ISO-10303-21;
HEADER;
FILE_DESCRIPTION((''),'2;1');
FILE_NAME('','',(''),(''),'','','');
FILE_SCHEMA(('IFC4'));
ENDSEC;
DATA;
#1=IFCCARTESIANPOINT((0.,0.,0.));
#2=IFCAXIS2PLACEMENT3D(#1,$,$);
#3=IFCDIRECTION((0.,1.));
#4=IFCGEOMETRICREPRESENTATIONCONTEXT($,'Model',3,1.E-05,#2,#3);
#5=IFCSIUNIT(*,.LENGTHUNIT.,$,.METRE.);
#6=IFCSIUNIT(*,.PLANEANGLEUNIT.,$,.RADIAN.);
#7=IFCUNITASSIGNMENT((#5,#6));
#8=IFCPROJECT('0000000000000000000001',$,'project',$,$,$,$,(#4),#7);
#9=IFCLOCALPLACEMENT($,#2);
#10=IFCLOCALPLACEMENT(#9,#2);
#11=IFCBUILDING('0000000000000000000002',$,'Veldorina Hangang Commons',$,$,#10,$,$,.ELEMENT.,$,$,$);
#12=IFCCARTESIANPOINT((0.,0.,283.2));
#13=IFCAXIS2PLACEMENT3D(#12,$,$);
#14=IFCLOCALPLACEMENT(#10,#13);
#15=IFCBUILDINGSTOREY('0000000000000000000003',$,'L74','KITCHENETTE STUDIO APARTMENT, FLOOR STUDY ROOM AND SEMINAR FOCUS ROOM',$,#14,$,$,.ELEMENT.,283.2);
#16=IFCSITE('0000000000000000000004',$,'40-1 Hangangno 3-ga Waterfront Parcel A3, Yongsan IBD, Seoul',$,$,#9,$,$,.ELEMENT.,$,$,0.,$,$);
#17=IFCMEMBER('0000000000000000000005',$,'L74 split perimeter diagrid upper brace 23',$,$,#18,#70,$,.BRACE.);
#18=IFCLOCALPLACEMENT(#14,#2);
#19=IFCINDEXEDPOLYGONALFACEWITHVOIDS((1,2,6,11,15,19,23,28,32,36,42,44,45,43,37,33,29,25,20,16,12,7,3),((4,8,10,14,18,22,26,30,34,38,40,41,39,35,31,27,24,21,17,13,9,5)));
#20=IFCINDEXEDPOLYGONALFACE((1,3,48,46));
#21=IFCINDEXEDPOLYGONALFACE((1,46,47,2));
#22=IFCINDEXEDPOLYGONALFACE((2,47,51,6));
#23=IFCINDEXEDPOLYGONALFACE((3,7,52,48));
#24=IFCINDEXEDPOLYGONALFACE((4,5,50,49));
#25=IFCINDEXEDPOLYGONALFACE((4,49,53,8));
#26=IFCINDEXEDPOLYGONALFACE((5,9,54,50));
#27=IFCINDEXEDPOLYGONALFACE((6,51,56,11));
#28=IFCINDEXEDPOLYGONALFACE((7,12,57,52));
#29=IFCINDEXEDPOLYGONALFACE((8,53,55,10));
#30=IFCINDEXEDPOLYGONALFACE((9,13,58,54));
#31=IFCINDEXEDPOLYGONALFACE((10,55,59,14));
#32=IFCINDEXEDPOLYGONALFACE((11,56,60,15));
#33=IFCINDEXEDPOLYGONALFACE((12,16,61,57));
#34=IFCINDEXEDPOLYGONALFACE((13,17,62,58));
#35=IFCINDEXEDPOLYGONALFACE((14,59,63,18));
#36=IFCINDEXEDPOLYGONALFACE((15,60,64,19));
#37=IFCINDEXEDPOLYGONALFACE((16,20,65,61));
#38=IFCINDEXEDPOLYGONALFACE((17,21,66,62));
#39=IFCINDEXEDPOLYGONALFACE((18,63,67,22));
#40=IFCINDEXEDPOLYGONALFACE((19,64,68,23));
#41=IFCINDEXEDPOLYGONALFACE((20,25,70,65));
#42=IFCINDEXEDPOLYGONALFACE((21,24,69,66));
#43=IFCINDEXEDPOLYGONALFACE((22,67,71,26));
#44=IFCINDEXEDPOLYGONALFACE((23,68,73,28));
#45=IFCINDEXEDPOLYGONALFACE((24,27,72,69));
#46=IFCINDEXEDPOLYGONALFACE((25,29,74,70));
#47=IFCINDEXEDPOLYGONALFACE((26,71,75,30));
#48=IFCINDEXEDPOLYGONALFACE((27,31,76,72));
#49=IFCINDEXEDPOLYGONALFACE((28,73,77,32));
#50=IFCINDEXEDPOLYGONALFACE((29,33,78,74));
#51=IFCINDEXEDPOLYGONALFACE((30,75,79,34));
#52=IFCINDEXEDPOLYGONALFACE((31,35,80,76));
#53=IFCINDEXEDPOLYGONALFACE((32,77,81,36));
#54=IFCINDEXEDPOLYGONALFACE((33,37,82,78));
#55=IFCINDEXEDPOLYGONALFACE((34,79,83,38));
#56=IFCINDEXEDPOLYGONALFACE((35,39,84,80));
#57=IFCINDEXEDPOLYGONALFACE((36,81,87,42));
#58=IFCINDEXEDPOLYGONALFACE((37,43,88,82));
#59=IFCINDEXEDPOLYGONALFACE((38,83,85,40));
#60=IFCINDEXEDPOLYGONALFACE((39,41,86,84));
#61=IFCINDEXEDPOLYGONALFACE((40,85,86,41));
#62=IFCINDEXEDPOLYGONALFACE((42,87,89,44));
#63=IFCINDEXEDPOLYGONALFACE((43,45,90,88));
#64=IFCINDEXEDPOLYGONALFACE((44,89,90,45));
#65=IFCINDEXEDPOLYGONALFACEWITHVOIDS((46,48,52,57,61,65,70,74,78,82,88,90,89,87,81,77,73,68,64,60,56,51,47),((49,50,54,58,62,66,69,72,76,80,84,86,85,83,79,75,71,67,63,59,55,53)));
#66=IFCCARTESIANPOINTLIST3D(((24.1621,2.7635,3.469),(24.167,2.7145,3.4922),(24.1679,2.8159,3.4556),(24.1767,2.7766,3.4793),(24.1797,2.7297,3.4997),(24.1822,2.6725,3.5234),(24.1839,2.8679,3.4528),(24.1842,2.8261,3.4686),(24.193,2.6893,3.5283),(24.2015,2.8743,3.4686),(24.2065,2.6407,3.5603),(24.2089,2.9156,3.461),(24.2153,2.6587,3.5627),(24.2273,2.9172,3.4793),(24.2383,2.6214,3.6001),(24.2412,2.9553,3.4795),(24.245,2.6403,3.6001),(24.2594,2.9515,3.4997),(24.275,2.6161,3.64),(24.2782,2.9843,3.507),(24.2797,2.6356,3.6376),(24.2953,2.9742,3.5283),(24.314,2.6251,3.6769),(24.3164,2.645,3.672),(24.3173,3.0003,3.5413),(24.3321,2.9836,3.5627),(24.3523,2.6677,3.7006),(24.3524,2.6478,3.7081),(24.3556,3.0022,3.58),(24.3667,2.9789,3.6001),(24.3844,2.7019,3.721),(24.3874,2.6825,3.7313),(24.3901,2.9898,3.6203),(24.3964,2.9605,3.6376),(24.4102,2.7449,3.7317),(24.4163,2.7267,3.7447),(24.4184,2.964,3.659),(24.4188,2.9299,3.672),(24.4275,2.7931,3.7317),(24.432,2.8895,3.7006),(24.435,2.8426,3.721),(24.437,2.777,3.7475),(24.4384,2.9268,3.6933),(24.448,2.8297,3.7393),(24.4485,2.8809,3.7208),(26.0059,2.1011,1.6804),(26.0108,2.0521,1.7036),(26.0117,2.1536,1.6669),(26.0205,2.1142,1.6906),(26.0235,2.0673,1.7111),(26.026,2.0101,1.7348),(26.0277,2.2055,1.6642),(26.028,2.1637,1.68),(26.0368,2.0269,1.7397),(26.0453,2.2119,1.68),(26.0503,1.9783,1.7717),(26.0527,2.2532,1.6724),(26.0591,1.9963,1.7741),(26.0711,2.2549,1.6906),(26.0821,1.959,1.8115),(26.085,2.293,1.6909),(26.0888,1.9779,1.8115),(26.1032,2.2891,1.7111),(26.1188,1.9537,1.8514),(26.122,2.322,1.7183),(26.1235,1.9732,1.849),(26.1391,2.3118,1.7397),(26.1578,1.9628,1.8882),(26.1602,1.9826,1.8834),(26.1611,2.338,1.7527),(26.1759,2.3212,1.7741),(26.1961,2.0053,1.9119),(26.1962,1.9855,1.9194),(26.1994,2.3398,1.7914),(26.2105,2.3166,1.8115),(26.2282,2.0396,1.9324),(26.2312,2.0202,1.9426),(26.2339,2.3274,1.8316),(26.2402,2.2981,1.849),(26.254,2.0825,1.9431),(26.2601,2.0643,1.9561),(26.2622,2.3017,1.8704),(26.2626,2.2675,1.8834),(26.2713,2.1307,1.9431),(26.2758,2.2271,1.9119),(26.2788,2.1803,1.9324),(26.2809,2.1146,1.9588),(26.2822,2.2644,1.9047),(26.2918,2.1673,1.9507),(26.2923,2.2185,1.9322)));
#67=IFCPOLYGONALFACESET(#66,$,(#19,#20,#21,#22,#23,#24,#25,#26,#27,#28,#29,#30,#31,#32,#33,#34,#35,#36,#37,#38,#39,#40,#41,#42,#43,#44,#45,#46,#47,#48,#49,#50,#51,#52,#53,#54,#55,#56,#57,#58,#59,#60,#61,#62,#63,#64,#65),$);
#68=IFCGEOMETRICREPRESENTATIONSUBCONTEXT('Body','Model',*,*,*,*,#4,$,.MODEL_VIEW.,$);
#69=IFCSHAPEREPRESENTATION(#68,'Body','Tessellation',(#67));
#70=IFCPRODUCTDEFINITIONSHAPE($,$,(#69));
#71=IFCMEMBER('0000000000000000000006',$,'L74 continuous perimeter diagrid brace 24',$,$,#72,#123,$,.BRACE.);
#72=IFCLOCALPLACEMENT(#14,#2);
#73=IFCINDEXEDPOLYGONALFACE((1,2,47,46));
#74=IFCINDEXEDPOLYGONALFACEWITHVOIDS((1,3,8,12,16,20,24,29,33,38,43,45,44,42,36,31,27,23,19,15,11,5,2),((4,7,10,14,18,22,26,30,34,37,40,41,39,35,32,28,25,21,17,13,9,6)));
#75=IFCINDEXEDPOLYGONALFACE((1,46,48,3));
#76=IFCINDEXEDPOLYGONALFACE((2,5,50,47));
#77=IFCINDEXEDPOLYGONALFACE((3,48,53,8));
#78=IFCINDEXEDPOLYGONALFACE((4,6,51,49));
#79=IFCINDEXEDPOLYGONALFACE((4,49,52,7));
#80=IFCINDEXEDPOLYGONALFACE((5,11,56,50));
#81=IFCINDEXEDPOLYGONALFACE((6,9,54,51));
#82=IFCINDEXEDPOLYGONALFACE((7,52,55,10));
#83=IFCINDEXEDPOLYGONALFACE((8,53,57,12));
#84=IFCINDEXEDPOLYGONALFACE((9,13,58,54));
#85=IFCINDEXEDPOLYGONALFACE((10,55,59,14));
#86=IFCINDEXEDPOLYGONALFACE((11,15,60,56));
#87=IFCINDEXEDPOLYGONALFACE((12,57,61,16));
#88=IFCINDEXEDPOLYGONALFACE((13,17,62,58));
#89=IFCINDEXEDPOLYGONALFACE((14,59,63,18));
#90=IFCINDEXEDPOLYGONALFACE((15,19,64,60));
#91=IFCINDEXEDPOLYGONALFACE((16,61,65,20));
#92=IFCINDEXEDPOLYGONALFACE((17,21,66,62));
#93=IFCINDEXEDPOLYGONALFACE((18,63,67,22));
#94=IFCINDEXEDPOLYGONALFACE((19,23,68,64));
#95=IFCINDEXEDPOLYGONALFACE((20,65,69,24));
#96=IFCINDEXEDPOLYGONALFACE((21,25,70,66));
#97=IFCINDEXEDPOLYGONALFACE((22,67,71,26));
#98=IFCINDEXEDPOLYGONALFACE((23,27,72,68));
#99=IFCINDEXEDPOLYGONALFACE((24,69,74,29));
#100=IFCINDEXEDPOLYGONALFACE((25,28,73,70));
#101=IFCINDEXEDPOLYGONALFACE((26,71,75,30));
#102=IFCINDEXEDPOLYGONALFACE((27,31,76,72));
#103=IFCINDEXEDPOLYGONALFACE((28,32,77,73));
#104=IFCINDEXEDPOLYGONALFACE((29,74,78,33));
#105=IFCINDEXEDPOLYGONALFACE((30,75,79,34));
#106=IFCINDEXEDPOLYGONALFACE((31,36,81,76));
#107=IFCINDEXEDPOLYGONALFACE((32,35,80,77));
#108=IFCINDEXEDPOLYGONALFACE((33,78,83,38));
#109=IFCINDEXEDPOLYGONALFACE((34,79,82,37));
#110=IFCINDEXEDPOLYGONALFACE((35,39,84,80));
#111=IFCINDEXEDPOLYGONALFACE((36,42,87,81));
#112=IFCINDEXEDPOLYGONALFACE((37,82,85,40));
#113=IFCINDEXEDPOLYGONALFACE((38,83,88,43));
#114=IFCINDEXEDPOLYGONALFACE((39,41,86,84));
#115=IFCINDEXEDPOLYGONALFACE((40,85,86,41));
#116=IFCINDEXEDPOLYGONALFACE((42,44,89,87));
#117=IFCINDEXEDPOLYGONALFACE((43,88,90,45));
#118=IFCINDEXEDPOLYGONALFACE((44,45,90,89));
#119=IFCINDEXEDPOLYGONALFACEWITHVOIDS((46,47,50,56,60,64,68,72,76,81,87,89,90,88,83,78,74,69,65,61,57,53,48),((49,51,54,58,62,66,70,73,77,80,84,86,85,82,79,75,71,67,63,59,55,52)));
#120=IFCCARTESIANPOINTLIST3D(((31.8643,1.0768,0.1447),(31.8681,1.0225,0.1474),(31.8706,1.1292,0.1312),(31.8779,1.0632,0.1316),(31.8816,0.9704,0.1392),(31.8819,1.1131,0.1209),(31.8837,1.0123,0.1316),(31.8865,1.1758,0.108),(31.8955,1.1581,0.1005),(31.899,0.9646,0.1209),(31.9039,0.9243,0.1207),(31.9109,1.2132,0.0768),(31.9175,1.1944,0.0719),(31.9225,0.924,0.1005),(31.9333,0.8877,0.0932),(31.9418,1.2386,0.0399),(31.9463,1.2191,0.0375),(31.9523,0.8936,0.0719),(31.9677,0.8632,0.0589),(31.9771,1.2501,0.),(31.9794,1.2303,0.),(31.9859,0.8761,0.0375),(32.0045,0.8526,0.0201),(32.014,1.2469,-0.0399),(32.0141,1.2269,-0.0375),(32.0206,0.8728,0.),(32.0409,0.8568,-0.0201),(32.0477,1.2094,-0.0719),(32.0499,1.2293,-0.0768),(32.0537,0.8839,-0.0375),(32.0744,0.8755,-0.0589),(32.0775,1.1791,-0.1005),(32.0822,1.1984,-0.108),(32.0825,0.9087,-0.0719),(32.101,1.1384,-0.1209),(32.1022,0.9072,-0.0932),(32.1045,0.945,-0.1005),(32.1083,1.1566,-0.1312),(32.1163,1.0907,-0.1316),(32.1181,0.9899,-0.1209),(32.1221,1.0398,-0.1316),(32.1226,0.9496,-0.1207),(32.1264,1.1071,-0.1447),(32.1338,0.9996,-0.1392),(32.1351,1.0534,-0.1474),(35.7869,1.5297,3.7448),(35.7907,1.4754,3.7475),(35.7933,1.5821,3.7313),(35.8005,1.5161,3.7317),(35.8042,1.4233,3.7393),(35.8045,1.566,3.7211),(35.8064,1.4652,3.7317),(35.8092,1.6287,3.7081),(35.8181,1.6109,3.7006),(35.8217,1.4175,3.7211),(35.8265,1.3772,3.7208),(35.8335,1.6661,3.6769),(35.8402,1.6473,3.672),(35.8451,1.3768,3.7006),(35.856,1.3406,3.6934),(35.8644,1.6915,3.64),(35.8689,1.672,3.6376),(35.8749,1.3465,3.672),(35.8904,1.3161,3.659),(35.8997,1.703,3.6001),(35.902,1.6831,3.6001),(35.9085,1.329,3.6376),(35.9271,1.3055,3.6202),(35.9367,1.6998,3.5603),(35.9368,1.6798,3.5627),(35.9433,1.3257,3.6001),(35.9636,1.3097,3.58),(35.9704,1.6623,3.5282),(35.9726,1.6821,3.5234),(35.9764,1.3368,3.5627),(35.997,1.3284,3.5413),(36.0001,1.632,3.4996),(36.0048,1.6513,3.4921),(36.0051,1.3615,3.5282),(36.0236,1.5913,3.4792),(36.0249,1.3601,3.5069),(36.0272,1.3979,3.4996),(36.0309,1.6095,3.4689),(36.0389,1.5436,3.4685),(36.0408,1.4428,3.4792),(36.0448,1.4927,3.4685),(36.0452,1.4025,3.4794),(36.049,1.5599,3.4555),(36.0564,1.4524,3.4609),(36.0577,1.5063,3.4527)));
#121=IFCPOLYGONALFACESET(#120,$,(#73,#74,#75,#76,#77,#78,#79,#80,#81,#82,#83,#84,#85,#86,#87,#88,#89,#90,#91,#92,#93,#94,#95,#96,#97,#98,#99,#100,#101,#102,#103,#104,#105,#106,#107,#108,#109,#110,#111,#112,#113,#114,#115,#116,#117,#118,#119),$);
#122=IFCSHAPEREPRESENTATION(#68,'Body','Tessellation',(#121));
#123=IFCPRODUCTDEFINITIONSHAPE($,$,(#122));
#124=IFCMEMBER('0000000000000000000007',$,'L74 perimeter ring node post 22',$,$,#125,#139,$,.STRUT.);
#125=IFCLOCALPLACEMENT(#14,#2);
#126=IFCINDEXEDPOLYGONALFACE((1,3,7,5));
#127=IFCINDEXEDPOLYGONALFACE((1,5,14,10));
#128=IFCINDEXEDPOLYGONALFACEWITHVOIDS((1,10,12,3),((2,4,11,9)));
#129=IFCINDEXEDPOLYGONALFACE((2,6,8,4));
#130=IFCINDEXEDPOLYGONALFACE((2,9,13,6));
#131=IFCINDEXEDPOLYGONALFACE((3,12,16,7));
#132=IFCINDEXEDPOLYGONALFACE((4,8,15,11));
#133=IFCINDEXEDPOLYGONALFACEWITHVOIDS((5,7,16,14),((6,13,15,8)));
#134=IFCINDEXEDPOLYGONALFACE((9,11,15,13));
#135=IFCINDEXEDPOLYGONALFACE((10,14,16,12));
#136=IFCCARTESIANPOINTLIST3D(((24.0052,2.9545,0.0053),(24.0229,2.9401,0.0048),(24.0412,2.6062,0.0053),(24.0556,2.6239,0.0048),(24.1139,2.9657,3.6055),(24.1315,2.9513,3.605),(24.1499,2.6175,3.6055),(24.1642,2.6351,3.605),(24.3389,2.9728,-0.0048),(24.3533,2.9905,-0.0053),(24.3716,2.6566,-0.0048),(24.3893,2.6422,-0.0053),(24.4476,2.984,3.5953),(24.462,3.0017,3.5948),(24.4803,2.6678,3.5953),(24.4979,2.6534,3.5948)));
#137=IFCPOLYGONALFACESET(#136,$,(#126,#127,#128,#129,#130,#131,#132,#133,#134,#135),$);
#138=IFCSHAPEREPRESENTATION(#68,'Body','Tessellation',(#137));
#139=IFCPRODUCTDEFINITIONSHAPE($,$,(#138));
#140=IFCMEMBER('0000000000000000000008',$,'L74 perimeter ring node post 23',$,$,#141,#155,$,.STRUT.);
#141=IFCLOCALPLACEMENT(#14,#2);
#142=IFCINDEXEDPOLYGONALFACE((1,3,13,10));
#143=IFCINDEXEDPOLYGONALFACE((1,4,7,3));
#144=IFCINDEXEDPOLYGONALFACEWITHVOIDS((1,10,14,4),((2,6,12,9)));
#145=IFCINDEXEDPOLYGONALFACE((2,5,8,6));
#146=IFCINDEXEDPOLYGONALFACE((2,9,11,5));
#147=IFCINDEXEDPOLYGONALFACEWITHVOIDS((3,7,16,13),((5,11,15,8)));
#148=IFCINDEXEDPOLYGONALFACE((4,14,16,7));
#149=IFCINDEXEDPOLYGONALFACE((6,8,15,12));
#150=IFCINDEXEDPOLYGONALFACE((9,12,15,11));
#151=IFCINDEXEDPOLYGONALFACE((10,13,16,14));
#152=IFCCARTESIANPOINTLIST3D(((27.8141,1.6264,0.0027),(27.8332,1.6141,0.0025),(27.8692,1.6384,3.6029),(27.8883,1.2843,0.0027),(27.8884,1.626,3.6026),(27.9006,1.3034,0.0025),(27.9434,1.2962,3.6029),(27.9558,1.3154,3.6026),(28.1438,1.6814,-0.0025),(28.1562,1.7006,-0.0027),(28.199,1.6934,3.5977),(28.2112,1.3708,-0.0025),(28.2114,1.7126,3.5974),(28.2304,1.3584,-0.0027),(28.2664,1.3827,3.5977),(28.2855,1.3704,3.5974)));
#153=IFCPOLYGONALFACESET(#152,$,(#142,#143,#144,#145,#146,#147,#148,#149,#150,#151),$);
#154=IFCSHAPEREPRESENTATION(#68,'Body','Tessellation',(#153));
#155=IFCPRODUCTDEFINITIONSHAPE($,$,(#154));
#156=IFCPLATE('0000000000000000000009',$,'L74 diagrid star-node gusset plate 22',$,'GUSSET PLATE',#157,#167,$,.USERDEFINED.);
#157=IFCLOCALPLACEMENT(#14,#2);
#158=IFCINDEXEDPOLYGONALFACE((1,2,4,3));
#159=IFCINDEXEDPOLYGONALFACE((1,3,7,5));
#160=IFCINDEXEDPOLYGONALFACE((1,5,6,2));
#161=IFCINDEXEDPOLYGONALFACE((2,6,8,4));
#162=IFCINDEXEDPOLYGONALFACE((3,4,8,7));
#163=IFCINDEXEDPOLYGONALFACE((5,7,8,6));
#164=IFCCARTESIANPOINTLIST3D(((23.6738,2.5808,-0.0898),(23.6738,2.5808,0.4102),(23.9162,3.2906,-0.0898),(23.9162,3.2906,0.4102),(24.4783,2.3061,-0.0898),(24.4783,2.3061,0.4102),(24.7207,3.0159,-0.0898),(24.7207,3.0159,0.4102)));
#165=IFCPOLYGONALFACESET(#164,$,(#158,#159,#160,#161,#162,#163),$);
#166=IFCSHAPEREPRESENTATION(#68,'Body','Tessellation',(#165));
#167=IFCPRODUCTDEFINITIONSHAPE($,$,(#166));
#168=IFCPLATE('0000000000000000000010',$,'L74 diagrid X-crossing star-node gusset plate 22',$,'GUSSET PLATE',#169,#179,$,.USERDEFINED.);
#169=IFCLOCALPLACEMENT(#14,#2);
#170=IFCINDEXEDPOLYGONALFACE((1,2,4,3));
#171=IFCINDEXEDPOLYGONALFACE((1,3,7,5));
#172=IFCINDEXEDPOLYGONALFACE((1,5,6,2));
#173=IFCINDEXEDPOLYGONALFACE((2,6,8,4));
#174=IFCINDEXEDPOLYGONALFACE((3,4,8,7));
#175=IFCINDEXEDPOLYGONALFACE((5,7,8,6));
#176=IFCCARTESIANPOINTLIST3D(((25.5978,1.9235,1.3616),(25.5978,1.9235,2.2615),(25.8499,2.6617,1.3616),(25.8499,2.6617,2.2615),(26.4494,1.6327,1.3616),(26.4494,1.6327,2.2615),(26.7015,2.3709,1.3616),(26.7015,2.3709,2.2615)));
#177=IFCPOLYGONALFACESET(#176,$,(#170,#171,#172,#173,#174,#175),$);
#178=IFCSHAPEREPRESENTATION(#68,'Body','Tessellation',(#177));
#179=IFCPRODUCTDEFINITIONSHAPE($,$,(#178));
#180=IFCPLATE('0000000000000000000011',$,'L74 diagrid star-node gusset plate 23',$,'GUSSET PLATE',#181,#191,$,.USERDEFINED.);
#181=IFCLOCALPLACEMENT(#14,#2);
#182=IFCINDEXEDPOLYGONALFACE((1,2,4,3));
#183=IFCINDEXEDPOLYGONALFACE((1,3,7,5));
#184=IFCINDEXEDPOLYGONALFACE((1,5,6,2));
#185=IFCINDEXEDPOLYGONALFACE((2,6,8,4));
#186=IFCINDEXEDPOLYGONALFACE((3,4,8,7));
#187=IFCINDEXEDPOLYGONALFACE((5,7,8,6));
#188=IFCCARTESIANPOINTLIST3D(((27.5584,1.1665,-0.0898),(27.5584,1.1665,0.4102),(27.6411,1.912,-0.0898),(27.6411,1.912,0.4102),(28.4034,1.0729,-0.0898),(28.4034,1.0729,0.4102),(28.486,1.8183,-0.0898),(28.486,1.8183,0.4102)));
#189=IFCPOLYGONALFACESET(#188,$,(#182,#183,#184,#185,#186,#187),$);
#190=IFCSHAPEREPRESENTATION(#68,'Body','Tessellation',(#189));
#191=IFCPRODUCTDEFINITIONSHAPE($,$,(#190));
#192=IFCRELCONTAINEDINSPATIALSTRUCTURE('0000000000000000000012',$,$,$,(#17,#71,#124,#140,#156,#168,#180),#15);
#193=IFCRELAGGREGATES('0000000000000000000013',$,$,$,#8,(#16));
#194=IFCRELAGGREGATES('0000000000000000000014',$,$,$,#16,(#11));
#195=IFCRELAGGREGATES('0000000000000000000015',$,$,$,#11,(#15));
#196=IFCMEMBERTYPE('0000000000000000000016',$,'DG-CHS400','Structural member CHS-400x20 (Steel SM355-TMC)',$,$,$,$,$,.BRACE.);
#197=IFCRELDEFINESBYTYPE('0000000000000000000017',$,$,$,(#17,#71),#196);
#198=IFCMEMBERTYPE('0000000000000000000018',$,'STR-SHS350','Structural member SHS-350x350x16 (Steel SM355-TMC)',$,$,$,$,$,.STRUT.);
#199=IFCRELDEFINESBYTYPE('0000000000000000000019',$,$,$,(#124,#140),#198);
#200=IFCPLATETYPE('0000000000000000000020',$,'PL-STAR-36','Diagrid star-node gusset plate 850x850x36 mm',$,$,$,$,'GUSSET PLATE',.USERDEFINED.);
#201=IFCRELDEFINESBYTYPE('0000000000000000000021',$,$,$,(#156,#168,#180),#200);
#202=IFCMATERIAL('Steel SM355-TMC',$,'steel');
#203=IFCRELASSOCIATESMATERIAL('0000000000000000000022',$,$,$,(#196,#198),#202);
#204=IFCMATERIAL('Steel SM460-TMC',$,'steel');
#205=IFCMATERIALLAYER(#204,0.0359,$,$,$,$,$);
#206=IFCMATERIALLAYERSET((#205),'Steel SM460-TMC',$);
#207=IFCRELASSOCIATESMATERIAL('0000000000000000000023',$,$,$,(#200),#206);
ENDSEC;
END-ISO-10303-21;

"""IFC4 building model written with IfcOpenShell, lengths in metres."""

from ifc_helpers import new_model, si_unit, direction, frame, origin, origin_2d, place, context, subcontext, project, spatial, rectangle, hollow_rectangle, hollow_circle, extrude, material, layer, layer_set, material_profile, profile_set, type_object, element, save


model = new_model("IFC4")

# Units and contexts
model_context = context("Model", 3, precision=1e-05, world=origin(), true_north=direction((0.0, 1.0)))
body_context = subcontext(model_context, "Body", "Model", "MODEL_VIEW")
ifc_project = project(units=[si_unit("LENGTHUNIT", "METRE"), si_unit("PLANEANGLEUNIT", "RADIAN")], contexts=[model_context])

# Site, building, storey
site_placement = place(None, origin())
site = spatial("IfcSite", under=ifc_project, at=site_placement, Name="40-1 Hangangno 3-ga Waterfront Parcel A3, Yongsan IBD, Seoul", CompositionType="ELEMENT", RefElevation=0.0)
building_placement = place(site_placement, origin())
building = spatial("IfcBuilding", under=site, at=building_placement, Name="Veldorina Hangang Commons", CompositionType="ELEMENT")
storey_placement = place(building_placement, frame((0.0, 0.0, 283.2)))
storey = spatial("IfcBuildingStorey", under=building, at=storey_placement, Name="L74", Description="KITCHENETTE STUDIO APARTMENT, FLOOR STUDY ROOM AND SEMINAR FOCUS ROOM", CompositionType="ELEMENT", Elevation=283.2)

# Shared definitions
ifc_material_1 = material(Name="Steel SM355-TMC", Category="steel")

# Members
ifc_material_profile_1 = material_profile(ifc_material_1, hollow_circle(Radius=0.2, WallThickness=0.02, at=origin_2d()), Name="CHS-400x20")
ifc_profile_set_1 = profile_set([ifc_material_profile_1], Name="Steel SM355-TMC")
member_type_1 = type_object("IfcMemberType", Name="DG-CHS400", Description="Structural member CHS-400x20 (Steel SM355-TMC)", PredefinedType="BRACE", material=ifc_profile_set_1)
member_1_placement = place(storey_placement, frame((26.1497, 2.1472, 1.8115), z_axis=(-0.695031, 0.249685, 0.674232), x_axis=(-0.338088, -0.941114, 0.0)))
element("IfcMember", 1, at=member_1_placement, inside=storey, type_object=member_type_1, Name="L74 split perimeter diagrid upper brace 23", PredefinedType="BRACE", context=body_context, shape_type="SweptSolid", body=[
    extrude(hollow_circle(Radius=0.2, WallThickness=0.02, at=origin_2d()), origin(), (0.0, 0.0, 1.0), 2.6528),
])
member_2_placement = place(storey_placement, frame((32.0, 1.0515, 0.0), z_axis=(0.734094, 0.084754, 0.673738), x_axis=(-0.114692, 0.993401, 0.0)))
element("IfcMember", 2, at=member_2_placement, inside=storey, type_object=member_type_1, Name="L74 continuous perimeter diagrid brace 24", PredefinedType="BRACE", context=body_context, shape_type="SweptSolid", body=[
    extrude(hollow_circle(Radius=0.2, WallThickness=0.02, at=origin_2d()), origin(), (0.0, 0.0, 1.0), 5.3435),
])
ifc_material_profile_2 = material_profile(ifc_material_1, hollow_rectangle(XDim=0.3501, YDim=0.3501, WallThickness=0.0161, at=origin_2d()), Name="SHS-350x350x16")
ifc_profile_set_2 = profile_set([ifc_material_profile_2], Name="Steel SM355-TMC")
member_type_2 = type_object("IfcMemberType", Name="STR-SHS350", Description="Structural member SHS-350x350x16 (Steel SM355-TMC)", PredefinedType="STRUT", material=ifc_profile_set_2)
member_3_placement = place(storey_placement, frame((24.1973, 2.7983, 0.0), z_axis=(0.030164, 0.003118, 0.99954), x_axis=(-0.102823, 0.9947, 0.0)))
element("IfcMember", 3, at=member_3_placement, inside=storey, type_object=member_type_2, Name="L74 perimeter ring node post 22", PredefinedType="STRUT", context=body_context, shape_type="SweptSolid", body=[
    extrude(hollow_rectangle(XDim=0.3501, YDim=0.3501, WallThickness=0.0161, at=origin_2d()), origin(), (0.0, 0.0, 1.0), 3.6018),
])
member_4_placement = place(storey_placement, frame((28.0222, 1.4924, 0.0), z_axis=(0.015324, 0.003323, 0.999877), x_axis=(-0.211891, 0.977293, 0.0)))
element("IfcMember", 4, at=member_4_placement, inside=storey, type_object=member_type_2, Name="L74 perimeter ring node post 23", PredefinedType="STRUT", context=body_context, shape_type="SweptSolid", body=[
    extrude(hollow_rectangle(XDim=0.3501, YDim=0.3501, WallThickness=0.0161, at=origin_2d()), origin(), (0.0, 0.0, 1.0), 3.6006),
])

# Plates
ifc_material_2 = material(Name="Steel SM460-TMC", Category="steel")
ifc_layer_1 = layer(ifc_material_2, 0.0359)
ifc_layer_set_1 = layer_set([ifc_layer_1], Name="Steel SM460-TMC")
plate_type = type_object("IfcPlateType", Name="PL-STAR-36", Description="Diagrid star-node gusset plate 850x850x36 mm", ElementType="GUSSET PLATE", PredefinedType="USERDEFINED", material=ifc_layer_set_1)
plate_1_placement = place(storey_placement, frame((24.1973, 2.7983, -0.0898), z_axis=(0.0, 0.0, 1.0), x_axis=(0.946356, -0.323125, 0.0)))
element("IfcPlate", 5, at=plate_1_placement, inside=storey, type_object=plate_type, Name="L74 diagrid star-node gusset plate 22", ObjectType="GUSSET PLATE", PredefinedType="USERDEFINED", context=body_context, shape_type="SweptSolid", body=[
    extrude(rectangle(XDim=0.8501, YDim=0.75, at=origin_2d()), origin(), (0.0, 0.0, 1.0), 0.5),
])
plate_2_placement = place(storey_placement, frame((26.1497, 2.1472, 1.3616), z_axis=(0.0, 0.0, 1.0), x_axis=(0.946356, -0.323125, 0.0)))
element("IfcPlate", 6, at=plate_2_placement, inside=storey, type_object=plate_type, Name="L74 diagrid X-crossing star-node gusset plate 22", ObjectType="GUSSET PLATE", PredefinedType="USERDEFINED", context=body_context, shape_type="SweptSolid", body=[
    extrude(rectangle(XDim=0.8999, YDim=0.78, at=origin_2d()), origin(), (0.0, 0.0, 1.0), 0.8999),
])
for number, where, z_axis, x_axis, name in (
    (7, (28.0222, 1.4924, -0.0898), (0.0, 0.0, 1.0), (0.993913, -0.110168, 0.0), "L74 diagrid star-node gusset plate 23"),
):
    element("IfcPlate", number, at=place(storey_placement, frame(where, z_axis=z_axis, x_axis=x_axis)), inside=storey, type_object=plate_type, Name=name, ObjectType="GUSSET PLATE", PredefinedType="USERDEFINED", context=body_context, shape_type="SweptSolid", body=[
        extrude(rectangle(XDim=0.8501, YDim=0.75, at=origin_2d()), origin(), (0.0, 0.0, 1.0), 0.5),
    ])

save(model, "model.ifc")
